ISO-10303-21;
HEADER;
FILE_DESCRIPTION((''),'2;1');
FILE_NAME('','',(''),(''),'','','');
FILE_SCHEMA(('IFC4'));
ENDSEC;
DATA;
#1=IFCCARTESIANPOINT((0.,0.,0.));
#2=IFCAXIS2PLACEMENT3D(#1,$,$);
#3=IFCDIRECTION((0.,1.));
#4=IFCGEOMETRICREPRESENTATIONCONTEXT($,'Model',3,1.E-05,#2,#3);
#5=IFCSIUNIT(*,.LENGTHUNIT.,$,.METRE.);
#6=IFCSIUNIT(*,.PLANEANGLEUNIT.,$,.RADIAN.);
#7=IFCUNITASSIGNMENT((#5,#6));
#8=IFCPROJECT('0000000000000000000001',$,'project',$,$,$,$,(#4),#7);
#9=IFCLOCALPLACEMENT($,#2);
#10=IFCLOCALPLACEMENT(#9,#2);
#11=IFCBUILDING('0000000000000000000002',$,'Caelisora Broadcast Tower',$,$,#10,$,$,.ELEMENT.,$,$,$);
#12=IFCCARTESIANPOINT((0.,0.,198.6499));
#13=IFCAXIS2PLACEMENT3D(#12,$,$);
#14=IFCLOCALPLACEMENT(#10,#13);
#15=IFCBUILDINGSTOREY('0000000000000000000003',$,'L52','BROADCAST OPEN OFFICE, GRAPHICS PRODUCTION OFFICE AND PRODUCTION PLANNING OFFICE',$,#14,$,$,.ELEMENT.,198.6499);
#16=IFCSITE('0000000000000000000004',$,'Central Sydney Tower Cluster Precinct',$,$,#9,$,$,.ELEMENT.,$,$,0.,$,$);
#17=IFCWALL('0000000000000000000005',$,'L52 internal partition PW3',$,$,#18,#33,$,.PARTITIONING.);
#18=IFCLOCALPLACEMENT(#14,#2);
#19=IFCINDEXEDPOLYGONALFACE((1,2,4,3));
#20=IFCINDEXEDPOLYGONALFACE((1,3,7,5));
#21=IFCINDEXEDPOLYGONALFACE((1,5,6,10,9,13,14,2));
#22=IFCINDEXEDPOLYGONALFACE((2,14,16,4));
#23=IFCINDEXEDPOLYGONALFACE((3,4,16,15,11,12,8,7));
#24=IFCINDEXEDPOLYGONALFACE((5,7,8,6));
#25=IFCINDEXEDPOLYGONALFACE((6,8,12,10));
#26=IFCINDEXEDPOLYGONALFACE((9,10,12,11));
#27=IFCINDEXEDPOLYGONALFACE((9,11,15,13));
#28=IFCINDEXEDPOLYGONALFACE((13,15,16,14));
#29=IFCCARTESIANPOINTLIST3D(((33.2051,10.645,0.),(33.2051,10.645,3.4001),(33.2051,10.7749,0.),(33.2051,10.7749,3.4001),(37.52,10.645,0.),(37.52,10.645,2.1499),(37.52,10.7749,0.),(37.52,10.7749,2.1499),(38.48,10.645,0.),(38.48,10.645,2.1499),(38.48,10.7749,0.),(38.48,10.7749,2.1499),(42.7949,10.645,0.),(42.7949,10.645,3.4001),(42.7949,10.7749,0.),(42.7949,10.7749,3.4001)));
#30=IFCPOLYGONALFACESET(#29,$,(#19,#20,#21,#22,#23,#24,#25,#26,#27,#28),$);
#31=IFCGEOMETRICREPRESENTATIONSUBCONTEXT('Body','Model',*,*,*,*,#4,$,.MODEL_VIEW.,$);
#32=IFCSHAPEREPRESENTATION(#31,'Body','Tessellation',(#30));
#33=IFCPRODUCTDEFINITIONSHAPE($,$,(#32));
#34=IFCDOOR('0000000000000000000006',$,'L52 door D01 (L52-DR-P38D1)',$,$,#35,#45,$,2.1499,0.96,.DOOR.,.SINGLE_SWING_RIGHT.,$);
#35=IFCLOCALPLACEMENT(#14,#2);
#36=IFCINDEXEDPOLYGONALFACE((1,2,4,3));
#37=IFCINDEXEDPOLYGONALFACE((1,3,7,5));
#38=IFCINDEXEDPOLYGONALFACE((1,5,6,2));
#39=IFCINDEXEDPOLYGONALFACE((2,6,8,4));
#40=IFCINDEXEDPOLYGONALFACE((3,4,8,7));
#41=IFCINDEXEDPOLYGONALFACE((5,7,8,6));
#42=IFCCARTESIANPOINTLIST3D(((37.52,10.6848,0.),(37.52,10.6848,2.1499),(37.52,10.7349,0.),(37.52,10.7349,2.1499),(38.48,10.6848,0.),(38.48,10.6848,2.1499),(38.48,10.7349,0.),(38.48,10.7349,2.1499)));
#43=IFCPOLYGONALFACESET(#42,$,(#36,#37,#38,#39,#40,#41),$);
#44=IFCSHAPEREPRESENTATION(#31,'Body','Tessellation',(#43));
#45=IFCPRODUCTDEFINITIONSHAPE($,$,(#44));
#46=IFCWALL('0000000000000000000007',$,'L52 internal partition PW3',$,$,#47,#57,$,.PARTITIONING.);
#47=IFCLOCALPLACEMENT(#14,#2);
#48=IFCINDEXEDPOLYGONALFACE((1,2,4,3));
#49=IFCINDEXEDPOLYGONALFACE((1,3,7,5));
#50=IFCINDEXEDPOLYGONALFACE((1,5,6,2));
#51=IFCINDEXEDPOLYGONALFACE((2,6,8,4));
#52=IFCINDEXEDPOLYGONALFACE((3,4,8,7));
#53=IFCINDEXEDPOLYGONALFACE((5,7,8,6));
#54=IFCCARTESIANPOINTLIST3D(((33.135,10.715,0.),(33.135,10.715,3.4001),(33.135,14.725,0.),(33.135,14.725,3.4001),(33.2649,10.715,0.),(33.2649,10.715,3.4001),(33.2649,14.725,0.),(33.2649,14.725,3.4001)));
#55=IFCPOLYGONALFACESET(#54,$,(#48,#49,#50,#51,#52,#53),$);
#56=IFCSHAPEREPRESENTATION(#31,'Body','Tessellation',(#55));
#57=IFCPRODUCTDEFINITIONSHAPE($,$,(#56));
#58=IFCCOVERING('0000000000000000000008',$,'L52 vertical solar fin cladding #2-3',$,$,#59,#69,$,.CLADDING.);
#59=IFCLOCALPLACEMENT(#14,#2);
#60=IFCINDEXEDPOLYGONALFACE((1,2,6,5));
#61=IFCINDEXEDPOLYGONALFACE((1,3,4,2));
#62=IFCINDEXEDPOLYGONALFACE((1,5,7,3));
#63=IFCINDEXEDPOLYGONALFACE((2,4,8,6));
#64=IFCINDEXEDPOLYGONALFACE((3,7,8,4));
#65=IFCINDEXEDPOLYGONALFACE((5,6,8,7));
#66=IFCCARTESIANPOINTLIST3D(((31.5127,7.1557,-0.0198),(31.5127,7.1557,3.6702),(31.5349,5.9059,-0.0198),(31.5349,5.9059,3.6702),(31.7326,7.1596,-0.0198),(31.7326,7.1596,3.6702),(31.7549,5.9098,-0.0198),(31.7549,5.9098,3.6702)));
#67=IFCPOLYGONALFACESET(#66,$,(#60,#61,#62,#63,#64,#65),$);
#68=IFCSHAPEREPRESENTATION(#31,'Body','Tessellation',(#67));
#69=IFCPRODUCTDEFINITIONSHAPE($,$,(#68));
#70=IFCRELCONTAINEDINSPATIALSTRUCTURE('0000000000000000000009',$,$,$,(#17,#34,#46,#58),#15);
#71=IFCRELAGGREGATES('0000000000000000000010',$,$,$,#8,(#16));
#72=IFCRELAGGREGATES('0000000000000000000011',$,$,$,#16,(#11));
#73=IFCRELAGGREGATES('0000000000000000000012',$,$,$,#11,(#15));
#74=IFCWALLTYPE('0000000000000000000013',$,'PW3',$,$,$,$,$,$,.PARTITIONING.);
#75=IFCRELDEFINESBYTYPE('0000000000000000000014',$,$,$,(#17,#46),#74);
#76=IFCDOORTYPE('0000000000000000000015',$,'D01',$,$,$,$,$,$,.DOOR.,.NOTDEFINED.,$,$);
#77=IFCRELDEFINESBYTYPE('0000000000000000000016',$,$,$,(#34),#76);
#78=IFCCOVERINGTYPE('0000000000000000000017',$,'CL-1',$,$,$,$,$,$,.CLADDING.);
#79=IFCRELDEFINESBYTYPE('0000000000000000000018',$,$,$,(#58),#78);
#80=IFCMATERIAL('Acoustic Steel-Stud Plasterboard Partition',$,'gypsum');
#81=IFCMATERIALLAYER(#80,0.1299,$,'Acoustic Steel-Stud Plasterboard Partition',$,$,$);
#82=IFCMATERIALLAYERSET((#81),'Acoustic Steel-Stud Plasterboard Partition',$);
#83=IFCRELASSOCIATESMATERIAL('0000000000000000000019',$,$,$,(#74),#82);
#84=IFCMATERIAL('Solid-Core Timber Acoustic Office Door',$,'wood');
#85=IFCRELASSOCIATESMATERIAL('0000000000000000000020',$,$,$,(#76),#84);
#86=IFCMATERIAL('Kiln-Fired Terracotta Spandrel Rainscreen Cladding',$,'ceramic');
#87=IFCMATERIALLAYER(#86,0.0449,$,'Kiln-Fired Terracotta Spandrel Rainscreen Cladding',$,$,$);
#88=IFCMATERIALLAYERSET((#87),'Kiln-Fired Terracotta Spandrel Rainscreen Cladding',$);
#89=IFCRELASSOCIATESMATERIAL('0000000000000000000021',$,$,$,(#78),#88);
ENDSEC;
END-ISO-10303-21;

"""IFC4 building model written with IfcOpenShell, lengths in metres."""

from ifc_helpers import new_model, si_unit, direction, frame, frame_2d, origin, origin_2d, place, context, subcontext, project, spatial, rectangle, extrude, source, transform, mapped, material, layer, layer_set, type_object, type_shapes, element, fill, save


model = new_model("IFC4")

# Units and contexts
model_context = context("Model", 3, precision=1e-05, world=origin(), true_north=direction((0.0, 1.0)))
body_context = subcontext(model_context, "Body", "Model", "MODEL_VIEW")
ifc_project = project(units=[si_unit("LENGTHUNIT", "METRE"), si_unit("PLANEANGLEUNIT", "RADIAN")], contexts=[model_context])

# Site, building, storey
site_placement = place(None, origin())
site = spatial("IfcSite", under=ifc_project, at=site_placement, Name="Central Sydney Tower Cluster Precinct", CompositionType="ELEMENT", RefElevation=0.0)
building_placement = place(site_placement, origin())
building = spatial("IfcBuilding", under=site, at=building_placement, Name="Caelisora Broadcast Tower", CompositionType="ELEMENT")
storey_placement = place(building_placement, frame((0.0, 0.0, 198.6499)))
storey = spatial("IfcBuildingStorey", under=building, at=storey_placement, Name="L52", Description="BROADCAST OPEN OFFICE, GRAPHICS PRODUCTION OFFICE AND PRODUCTION PLANNING OFFICE", CompositionType="ELEMENT", Elevation=198.6499)

# Wall, opening, door
ifc_material_1 = material(Name="Acoustic Steel-Stud Plasterboard Partition", Category="gypsum")
ifc_layer_1 = layer(ifc_material_1, 0.1299, Name="Acoustic Steel-Stud Plasterboard Partition")
ifc_layer_set_1 = layer_set([ifc_layer_1], Name="Acoustic Steel-Stud Plasterboard Partition")
wall_type = type_object("IfcWallType", Name="PW3", PredefinedType="PARTITIONING", material=ifc_layer_set_1)
wall_1_placement = place(storey_placement, frame((33.2051, 10.71, 0.0), z_axis=(0.0, 0.0, 1.0), x_axis=(1.0, 0.0, 0.0)))
wall_1 = element("IfcWall", 1, at=wall_1_placement, inside=storey, type_object=wall_type, Name="L52 internal partition PW3", PredefinedType="PARTITIONING", context=body_context, shape_type="SweptSolid", body=[
    extrude(rectangle(XDim=9.5898, YDim=0.1299, at=frame_2d((4.7949, 0.0))), origin(), (0.0, 0.0, 1.0), 3.4001),
])
opening_1_placement = place(wall_1_placement, frame((4.3149, 0.0, 0.0)))
opening_1 = element("IfcOpeningElement", 2, at=opening_1_placement, cuts=wall_1, PredefinedType="OPENING", context=body_context, shape_type="SweptSolid", body=[
    extrude(rectangle(XDim=0.96, YDim=2.1499, at=frame_2d((0.48, 1.075))), frame((0.0, 0.0769, 0.0), z_axis=(0.0, -1.0, 0.0), x_axis=(1.0, 0.0, 0.0)), (0.0, 0.0, 1.0), 0.1538),
])
ifc_material_2 = material(Name="Solid-Core Timber Acoustic Office Door", Category="wood")
door_type = type_object("IfcDoorType", Name="D01", OperationType="NOTDEFINED", PredefinedType="DOOR", material=ifc_material_2)
door_1_placement = place(opening_1_placement, origin())
door_1 = element("IfcDoor", 3, at=door_1_placement, inside=storey, type_object=door_type, Name="L52 door D01 (L52-DR-P38D1)", OperationType="SINGLE_SWING_RIGHT", OverallHeight=2.1499, OverallWidth=0.96, PredefinedType="DOOR", context=body_context, shape_type="SweptSolid", body=[
    extrude(rectangle(XDim=0.96, YDim=2.1499, at=frame_2d((0.48, 1.075))), frame((0.0, 0.0249, 0.0), z_axis=(0.0, -1.0, 0.0), x_axis=(1.0, 0.0, 0.0)), (0.0, 0.0, 1.0), 0.05),
])
fill(opening_1, door_1)

# Wall
wall_2_placement = place(storey_placement, frame((33.2, 10.7151, 0.0), z_axis=(0.0, 0.0, 1.0), x_axis=(0.0, 1.0, 0.0)))
element("IfcWall", 4, at=wall_2_placement, inside=storey, type_object=wall_type, Name="L52 internal partition PW3", PredefinedType="PARTITIONING", context=body_context, shape_type="SweptSolid", body=[
    extrude(rectangle(XDim=4.01, YDim=0.1299, at=frame_2d((2.0049, 0.0))), origin(), (0.0, 0.0, 1.0), 3.4001),
])

# Covering
ifc_material_3 = material(Name="Kiln-Fired Terracotta Spandrel Rainscreen Cladding", Category="ceramic")
ifc_layer_2 = layer(ifc_material_3, 0.0449, Name="Kiln-Fired Terracotta Spandrel Rainscreen Cladding")
ifc_layer_set_2 = layer_set([ifc_layer_2], Name="Kiln-Fired Terracotta Spandrel Rainscreen Cladding")
covering_type = type_object("IfcCoveringType", Name="CL-1", PredefinedType="CLADDING", material=ifc_layer_set_2)
shared_shape_1 = source(origin(), body_context, "Body", "SweptSolid", [
    extrude(rectangle(XDim=0.22, YDim=1.25, at=origin_2d()), origin(), (0.0, 0.0, 1.0), 3.6899),
])
type_shapes(covering_type, [shared_shape_1])
covering_placement = place(storey_placement, frame((31.6338, 6.5327, -0.0198), z_axis=(0.0, 0.0, 1.0), x_axis=(-0.999842, -0.017801, 0.0)))
element("IfcCovering", 5, at=covering_placement, inside=storey, type_object=covering_type, Name="L52 vertical solar fin cladding #2-3", PredefinedType="CLADDING", context=body_context, shape_type="MappedRepresentation", body=[
    mapped(shared_shape_1, transform((0.0, 0.0, 0.0), scale=1.0)),
])

save(model, "model.ifc")
